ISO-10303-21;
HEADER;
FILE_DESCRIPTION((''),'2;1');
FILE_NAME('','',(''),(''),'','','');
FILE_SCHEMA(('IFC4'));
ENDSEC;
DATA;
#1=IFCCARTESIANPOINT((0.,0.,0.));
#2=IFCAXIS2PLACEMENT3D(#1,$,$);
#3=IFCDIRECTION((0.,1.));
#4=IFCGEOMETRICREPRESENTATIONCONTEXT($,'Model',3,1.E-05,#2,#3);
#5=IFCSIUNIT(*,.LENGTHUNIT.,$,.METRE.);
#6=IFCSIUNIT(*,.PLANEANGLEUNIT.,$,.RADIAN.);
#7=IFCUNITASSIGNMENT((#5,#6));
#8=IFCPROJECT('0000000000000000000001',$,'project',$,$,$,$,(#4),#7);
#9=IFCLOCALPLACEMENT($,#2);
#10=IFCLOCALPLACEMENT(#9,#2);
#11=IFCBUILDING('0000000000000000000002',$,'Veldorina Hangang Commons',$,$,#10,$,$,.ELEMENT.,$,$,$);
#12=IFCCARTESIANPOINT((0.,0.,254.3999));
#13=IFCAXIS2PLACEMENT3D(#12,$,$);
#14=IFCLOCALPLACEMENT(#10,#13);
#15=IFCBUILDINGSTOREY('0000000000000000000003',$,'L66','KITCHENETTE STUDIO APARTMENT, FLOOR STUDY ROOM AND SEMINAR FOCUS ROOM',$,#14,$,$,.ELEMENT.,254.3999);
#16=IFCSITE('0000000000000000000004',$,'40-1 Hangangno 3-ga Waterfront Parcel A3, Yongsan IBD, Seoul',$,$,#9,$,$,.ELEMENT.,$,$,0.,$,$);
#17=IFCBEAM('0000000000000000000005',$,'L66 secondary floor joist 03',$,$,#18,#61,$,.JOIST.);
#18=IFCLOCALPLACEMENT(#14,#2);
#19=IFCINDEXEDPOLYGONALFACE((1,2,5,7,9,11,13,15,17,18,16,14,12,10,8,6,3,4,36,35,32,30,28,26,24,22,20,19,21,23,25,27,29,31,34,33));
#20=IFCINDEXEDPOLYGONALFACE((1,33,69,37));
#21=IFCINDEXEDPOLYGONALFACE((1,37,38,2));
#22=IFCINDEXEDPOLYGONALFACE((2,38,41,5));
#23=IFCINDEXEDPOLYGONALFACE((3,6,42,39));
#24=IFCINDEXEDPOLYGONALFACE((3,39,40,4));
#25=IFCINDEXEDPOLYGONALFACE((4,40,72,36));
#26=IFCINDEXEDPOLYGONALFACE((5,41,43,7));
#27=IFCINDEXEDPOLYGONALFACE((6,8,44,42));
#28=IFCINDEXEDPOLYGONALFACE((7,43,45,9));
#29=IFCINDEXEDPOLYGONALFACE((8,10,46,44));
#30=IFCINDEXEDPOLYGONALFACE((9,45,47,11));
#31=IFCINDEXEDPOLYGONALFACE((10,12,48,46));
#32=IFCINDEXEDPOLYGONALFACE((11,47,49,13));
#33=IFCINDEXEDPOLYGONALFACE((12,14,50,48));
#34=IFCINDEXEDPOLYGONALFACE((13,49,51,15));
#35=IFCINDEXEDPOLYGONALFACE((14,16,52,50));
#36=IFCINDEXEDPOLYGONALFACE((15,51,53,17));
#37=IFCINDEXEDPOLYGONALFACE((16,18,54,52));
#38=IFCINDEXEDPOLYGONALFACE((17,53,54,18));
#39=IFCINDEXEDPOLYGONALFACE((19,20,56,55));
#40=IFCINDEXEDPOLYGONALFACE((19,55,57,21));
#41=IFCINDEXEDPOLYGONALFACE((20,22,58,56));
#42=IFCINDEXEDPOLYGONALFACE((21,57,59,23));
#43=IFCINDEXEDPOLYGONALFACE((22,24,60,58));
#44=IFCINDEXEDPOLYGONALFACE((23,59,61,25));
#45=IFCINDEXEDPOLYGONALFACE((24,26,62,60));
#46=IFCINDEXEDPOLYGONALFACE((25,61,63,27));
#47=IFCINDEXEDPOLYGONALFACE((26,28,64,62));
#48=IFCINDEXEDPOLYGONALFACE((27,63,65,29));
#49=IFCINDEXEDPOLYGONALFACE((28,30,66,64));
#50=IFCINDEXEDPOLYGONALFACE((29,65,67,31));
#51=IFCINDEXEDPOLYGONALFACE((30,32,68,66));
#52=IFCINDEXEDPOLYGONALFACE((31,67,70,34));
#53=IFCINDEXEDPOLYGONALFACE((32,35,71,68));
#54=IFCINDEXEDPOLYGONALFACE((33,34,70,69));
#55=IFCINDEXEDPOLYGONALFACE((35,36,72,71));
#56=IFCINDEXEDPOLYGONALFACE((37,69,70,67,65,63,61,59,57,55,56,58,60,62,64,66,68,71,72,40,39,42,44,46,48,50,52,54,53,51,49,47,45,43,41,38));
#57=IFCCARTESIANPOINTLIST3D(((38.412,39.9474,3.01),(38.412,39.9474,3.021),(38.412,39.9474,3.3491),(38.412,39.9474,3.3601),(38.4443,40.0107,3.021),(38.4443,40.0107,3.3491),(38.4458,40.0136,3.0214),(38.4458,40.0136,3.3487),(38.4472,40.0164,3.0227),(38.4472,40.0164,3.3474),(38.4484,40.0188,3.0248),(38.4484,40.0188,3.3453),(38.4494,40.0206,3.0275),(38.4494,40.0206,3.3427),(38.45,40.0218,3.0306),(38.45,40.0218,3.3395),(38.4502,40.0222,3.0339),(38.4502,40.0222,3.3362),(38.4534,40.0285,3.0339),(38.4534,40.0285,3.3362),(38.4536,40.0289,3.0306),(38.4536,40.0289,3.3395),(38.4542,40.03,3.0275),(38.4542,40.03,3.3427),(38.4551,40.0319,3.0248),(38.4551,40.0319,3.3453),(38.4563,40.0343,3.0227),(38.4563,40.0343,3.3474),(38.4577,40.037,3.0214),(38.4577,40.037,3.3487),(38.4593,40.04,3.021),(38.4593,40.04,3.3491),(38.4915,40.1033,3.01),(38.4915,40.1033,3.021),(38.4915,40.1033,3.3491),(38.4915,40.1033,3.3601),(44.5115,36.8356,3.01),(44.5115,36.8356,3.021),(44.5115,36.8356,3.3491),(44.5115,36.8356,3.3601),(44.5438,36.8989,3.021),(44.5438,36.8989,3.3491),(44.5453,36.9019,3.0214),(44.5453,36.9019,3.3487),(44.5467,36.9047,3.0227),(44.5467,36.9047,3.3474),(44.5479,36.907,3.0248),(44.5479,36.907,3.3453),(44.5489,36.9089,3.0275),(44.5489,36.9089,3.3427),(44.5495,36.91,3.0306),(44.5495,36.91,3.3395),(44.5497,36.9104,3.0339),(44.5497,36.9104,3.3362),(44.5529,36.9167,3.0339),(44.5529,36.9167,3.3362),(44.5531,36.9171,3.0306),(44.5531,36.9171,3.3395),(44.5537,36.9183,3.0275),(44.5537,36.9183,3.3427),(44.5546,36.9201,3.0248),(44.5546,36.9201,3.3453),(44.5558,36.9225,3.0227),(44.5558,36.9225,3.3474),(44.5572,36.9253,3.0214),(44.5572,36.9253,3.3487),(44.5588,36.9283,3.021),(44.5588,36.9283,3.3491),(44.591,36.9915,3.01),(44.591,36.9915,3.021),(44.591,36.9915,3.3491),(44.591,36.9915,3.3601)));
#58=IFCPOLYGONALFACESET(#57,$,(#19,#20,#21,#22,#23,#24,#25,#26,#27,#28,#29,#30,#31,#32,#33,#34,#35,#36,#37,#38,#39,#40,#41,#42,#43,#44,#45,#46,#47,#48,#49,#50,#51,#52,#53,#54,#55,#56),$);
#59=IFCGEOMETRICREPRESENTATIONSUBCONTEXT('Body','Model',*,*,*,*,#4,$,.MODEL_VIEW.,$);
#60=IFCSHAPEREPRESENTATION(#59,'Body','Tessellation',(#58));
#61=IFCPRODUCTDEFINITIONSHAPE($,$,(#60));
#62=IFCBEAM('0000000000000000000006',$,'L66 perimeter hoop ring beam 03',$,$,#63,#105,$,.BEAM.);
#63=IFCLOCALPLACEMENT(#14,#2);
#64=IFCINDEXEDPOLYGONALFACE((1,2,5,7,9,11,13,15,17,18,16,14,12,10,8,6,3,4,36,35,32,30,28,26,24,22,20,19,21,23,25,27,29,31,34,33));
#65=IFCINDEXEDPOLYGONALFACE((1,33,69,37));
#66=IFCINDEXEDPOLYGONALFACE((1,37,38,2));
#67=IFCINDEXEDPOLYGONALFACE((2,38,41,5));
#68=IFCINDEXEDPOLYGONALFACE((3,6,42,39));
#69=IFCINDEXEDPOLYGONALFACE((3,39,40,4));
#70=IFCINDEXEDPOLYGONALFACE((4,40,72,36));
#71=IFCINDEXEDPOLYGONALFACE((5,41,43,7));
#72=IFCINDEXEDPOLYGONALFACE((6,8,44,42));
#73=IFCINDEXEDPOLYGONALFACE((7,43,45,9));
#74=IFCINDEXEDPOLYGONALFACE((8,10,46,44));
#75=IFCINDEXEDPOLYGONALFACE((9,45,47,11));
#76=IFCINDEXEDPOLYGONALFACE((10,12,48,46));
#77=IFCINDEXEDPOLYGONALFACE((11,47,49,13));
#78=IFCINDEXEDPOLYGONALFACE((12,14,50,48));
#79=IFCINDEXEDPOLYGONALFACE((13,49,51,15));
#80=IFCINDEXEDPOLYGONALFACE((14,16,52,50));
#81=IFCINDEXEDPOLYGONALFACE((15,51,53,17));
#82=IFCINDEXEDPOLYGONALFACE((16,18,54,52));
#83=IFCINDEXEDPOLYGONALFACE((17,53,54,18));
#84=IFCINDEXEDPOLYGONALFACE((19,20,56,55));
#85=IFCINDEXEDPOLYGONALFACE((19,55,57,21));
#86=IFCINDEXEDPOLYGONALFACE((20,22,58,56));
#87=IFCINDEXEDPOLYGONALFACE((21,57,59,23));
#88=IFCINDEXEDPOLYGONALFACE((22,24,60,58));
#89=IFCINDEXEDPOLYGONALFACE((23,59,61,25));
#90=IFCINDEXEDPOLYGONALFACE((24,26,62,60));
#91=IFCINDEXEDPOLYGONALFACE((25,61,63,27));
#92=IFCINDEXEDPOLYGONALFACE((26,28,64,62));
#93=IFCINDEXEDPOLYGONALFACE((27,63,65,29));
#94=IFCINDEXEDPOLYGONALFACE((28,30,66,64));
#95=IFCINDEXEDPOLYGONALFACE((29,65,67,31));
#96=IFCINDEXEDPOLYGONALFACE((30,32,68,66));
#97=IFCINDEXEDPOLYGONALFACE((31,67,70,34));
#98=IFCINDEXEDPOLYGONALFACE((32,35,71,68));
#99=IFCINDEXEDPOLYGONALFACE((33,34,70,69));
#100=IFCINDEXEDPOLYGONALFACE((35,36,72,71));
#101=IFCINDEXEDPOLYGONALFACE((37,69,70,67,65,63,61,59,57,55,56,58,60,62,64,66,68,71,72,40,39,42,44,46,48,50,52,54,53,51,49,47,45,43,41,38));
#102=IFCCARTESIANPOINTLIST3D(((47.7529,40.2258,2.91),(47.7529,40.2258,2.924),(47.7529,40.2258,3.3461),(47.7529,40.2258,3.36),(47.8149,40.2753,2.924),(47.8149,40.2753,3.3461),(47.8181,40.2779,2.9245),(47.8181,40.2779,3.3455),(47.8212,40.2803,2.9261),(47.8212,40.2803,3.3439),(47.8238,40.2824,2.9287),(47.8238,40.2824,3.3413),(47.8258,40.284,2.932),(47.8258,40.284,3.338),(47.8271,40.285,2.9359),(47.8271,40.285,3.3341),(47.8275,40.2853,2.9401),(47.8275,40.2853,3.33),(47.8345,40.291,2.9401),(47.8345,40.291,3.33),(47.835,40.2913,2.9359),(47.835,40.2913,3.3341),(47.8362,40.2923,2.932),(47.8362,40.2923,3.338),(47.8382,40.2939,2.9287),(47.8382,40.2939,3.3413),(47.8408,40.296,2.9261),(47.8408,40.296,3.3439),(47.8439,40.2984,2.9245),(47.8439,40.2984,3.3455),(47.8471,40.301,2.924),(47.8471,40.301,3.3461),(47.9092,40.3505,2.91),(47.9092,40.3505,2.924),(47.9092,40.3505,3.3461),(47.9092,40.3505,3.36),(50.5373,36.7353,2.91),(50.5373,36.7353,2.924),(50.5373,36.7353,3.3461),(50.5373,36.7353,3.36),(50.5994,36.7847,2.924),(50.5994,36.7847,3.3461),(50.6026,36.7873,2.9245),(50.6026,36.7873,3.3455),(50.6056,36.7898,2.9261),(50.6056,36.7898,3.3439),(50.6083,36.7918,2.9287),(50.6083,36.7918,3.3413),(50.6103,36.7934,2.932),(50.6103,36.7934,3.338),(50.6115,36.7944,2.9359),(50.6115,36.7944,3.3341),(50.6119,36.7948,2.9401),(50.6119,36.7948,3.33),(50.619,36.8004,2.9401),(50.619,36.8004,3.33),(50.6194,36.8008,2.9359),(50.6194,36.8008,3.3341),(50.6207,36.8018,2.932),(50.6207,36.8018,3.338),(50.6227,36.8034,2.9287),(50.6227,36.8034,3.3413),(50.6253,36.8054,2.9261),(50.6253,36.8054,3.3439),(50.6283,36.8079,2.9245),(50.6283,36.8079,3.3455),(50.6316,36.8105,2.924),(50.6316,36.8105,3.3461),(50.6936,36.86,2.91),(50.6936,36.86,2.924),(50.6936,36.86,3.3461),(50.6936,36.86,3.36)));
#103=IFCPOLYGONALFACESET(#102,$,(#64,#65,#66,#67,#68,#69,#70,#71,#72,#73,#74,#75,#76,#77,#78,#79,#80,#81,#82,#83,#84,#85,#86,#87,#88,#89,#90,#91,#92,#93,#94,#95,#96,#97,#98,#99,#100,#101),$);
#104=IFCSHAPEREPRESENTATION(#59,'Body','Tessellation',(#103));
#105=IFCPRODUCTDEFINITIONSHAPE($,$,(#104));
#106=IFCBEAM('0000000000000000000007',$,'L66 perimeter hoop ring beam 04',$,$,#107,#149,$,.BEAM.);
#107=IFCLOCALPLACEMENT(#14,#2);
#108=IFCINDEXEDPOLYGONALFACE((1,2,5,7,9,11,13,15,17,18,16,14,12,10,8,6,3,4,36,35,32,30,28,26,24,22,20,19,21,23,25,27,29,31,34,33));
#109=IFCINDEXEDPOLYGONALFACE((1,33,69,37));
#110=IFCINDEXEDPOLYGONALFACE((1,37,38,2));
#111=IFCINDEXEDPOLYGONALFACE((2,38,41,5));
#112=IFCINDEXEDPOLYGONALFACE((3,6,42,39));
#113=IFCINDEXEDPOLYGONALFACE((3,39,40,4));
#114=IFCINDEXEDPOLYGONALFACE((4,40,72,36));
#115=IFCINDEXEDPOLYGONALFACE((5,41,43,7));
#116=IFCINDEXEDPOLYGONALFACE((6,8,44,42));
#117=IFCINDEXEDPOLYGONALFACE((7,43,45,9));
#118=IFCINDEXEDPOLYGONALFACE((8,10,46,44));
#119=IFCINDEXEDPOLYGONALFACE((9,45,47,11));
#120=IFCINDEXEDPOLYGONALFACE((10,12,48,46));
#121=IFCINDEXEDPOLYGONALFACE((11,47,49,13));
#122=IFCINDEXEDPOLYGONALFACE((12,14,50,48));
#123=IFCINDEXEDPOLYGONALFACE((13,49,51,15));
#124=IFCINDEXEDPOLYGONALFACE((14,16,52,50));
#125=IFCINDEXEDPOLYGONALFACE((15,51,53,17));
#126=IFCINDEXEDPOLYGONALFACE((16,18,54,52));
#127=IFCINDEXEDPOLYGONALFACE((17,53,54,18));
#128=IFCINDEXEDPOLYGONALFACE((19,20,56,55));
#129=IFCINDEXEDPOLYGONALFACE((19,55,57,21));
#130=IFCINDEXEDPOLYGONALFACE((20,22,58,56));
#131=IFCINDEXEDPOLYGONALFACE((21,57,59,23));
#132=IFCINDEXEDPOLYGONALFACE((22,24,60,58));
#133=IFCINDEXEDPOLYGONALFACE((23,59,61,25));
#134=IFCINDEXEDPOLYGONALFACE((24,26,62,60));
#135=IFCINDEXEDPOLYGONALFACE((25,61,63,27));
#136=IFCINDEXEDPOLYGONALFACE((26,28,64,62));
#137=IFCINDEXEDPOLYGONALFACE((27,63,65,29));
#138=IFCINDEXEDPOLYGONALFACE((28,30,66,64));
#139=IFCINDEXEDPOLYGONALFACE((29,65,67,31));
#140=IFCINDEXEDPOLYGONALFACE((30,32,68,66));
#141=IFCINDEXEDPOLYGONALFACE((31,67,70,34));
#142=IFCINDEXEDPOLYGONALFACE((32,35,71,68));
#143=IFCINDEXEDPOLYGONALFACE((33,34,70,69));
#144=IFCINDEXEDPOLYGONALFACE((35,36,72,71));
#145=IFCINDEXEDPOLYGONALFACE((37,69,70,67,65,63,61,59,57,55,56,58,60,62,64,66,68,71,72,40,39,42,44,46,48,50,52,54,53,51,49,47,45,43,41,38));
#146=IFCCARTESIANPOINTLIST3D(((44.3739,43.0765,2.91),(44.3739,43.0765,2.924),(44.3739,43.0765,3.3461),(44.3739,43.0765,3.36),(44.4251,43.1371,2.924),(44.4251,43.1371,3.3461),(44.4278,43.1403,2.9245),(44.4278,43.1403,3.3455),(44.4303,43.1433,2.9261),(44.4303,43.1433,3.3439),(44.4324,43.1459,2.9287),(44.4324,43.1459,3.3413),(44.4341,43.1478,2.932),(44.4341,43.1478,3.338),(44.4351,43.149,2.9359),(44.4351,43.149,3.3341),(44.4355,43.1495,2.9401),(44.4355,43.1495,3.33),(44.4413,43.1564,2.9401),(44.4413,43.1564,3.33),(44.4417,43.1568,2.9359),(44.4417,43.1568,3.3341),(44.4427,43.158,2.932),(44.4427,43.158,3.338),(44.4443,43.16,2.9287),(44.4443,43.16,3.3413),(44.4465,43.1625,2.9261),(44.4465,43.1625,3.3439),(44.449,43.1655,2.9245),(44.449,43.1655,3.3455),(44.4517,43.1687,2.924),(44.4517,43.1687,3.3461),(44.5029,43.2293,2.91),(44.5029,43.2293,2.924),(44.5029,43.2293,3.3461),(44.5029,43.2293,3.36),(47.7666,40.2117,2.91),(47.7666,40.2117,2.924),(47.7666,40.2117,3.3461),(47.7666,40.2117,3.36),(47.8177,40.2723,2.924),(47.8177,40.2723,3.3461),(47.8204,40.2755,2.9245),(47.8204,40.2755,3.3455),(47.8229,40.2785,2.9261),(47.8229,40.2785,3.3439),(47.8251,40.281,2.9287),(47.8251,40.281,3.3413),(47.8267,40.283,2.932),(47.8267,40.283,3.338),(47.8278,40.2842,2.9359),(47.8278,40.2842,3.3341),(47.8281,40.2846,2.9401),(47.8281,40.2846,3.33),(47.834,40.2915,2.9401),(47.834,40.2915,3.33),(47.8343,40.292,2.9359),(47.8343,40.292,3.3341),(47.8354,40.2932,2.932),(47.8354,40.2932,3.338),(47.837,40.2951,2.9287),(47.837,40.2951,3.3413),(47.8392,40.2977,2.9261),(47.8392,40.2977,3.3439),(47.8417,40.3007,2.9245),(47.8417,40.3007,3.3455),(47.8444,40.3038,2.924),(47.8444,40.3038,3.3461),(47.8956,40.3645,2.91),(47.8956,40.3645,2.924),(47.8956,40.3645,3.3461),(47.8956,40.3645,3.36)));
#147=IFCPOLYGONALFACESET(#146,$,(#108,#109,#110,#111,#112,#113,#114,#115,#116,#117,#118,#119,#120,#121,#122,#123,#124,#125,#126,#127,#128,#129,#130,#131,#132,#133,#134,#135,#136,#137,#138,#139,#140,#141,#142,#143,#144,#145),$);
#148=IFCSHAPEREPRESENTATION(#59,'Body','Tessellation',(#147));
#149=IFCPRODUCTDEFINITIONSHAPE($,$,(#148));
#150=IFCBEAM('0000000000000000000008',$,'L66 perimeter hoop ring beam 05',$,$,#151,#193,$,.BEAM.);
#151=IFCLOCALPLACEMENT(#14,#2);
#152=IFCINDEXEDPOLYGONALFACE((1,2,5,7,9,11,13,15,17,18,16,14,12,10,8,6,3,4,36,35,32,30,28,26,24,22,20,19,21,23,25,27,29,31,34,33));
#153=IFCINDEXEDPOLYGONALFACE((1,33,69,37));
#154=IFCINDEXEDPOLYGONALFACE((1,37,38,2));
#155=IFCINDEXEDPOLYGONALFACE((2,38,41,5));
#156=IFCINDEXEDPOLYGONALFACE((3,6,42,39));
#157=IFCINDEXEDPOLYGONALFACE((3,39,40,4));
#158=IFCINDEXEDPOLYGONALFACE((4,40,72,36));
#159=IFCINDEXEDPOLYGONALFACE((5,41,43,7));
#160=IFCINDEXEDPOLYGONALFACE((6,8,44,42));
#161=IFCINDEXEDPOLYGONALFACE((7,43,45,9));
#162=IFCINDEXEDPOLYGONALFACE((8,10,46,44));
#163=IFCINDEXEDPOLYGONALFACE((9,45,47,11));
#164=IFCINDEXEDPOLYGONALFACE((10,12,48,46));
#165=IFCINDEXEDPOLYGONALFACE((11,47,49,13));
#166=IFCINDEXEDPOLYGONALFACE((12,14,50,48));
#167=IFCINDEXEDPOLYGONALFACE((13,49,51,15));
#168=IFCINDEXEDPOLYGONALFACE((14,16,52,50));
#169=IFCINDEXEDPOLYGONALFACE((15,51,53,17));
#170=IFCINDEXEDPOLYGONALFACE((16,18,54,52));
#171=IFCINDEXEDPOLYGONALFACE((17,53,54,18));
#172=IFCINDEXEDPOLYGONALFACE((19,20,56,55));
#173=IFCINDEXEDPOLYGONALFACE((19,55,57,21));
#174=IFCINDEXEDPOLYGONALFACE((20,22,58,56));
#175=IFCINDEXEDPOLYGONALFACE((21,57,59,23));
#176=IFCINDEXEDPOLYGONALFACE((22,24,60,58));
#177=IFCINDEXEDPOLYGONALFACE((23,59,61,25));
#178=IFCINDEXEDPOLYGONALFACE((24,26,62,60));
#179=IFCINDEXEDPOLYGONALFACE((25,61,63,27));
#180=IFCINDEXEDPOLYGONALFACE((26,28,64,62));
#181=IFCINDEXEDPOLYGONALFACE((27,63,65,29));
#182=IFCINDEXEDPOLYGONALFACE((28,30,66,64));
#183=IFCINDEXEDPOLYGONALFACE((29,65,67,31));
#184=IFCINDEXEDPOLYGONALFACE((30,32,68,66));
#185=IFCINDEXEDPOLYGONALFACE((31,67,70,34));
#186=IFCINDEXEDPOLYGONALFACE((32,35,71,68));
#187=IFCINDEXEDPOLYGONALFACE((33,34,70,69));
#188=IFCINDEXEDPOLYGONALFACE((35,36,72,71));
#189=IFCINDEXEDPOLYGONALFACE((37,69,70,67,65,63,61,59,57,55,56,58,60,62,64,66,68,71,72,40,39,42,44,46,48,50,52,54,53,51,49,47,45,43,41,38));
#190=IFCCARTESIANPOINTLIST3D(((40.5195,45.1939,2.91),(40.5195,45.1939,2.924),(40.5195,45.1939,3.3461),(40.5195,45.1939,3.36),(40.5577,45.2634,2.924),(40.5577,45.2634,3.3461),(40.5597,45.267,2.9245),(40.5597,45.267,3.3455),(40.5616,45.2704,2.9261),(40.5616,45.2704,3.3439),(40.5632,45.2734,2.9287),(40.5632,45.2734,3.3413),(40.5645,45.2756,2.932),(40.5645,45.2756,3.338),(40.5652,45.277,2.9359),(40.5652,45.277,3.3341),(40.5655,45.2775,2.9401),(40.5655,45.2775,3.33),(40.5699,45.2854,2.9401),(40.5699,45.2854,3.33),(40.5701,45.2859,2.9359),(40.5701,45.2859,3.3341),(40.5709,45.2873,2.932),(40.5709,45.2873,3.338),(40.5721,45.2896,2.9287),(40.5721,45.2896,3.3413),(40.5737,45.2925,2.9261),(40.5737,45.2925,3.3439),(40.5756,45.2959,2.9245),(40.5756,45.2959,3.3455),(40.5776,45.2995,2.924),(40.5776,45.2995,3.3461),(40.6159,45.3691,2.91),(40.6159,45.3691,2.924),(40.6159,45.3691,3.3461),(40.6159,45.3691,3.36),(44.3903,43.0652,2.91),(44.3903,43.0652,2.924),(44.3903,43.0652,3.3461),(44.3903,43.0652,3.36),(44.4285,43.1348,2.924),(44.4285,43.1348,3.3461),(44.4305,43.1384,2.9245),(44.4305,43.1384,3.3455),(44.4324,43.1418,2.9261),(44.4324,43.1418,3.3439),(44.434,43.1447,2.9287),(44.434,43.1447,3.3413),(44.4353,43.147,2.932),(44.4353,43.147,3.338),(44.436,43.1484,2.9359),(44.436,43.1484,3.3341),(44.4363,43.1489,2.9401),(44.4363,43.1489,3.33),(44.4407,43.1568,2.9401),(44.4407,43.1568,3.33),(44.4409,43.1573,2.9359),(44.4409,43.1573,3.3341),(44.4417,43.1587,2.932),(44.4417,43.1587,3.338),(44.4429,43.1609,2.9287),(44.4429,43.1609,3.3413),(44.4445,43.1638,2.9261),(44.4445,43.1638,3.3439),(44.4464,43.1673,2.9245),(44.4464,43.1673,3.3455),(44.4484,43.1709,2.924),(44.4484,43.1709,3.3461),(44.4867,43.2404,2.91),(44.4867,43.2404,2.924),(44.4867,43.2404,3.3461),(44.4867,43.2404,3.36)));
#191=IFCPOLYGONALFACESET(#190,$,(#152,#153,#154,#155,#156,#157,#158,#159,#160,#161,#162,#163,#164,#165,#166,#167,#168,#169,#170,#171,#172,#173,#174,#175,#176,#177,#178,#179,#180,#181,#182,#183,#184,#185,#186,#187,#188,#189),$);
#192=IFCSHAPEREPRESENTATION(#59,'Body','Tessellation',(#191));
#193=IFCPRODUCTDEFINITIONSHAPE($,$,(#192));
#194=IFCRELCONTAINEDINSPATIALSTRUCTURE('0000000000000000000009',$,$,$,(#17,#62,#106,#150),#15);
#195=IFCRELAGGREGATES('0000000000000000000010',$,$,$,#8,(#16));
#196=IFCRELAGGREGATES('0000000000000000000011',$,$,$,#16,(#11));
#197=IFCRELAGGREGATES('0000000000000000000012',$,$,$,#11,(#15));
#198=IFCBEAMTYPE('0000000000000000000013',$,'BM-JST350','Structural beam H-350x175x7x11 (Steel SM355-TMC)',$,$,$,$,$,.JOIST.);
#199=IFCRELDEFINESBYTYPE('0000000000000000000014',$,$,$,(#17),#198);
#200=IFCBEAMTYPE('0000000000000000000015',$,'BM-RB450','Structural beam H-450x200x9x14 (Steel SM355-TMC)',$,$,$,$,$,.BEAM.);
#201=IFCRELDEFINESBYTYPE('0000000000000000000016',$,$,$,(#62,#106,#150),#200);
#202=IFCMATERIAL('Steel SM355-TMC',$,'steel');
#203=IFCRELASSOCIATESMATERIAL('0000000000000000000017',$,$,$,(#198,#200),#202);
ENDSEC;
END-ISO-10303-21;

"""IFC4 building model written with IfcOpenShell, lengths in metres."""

from ifc_helpers import new_model, si_unit, direction, frame, origin, origin_2d, place, context, subcontext, project, spatial, i_section, extrude, material, material_profile, profile_set, type_object, element, save


model = new_model("IFC4")

# Units and contexts
model_context = context("Model", 3, precision=1e-05, world=origin(), true_north=direction((0.0, 1.0)))
body_context = subcontext(model_context, "Body", "Model", "MODEL_VIEW")
ifc_project = project(units=[si_unit("LENGTHUNIT", "METRE"), si_unit("PLANEANGLEUNIT", "RADIAN")], contexts=[model_context])

# Site, building, storey
site_placement = place(None, origin())
site = spatial("IfcSite", under=ifc_project, at=site_placement, Name="40-1 Hangangno 3-ga Waterfront Parcel A3, Yongsan IBD, Seoul", CompositionType="ELEMENT", RefElevation=0.0)
building_placement = place(site_placement, origin())
building = spatial("IfcBuilding", under=site, at=building_placement, Name="Veldorina Hangang Commons", CompositionType="ELEMENT")
storey_placement = place(building_placement, frame((0.0, 0.0, 254.3999)))
storey = spatial("IfcBuildingStorey", under=building, at=storey_placement, Name="L66", Description="KITCHENETTE STUDIO APARTMENT, FLOOR STUDY ROOM AND SEMINAR FOCUS ROOM", CompositionType="ELEMENT", Elevation=254.3999)

# Beams
ifc_material_1 = material(Name="Steel SM355-TMC", Category="steel")
ifc_material_profile_1 = material_profile(ifc_material_1, i_section(OverallWidth=0.175, OverallDepth=0.3501, WebThickness=0.0071, FlangeThickness=0.011, FilletRadius=0.0129, at=origin_2d()), Name="H-350x175x7x11")
ifc_profile_set_1 = profile_set([ifc_material_profile_1], Name="Steel SM355-TMC")
beam_type_1 = type_object("IfcBeamType", Name="BM-JST350", Description="Structural beam H-350x175x7x11 (Steel SM355-TMC)", PredefinedType="JOIST", material=ifc_profile_set_1)
beam_1_placement = place(storey_placement, frame((44.5513, 36.9136, 3.1851), z_axis=(-0.890775, 0.454444, 0.0), x_axis=(-0.454444, -0.890775, 0.0)))
element("IfcBeam", 1, at=beam_1_placement, inside=storey, type_object=beam_type_1, Name="L66 secondary floor joist 03", PredefinedType="JOIST", context=body_context, shape_type="SweptSolid", body=[
    extrude(i_section(OverallWidth=0.175, OverallDepth=0.3501, WebThickness=0.0071, FlangeThickness=0.011, FilletRadius=0.0129, at=origin_2d()), origin(), (0.0, 0.0, 1.0), 6.8474),
])
ifc_material_profile_2 = material_profile(ifc_material_1, i_section(OverallWidth=0.2, OverallDepth=0.45, WebThickness=0.009, FlangeThickness=0.0139, FilletRadius=0.0161, at=origin_2d()), Name="H-450x200x9x14")
ifc_profile_set_2 = profile_set([ifc_material_profile_2], Name="Steel SM355-TMC")
beam_type_2 = type_object("IfcBeamType", Name="BM-RB450", Description="Structural beam H-450x200x9x14 (Steel SM355-TMC)", PredefinedType="BEAM", material=ifc_profile_set_2)
beam_2_placement = place(storey_placement, frame((50.6155, 36.7976, 3.135), z_axis=(-0.623608, 0.781738, 0.0), x_axis=(-0.781738, -0.623608, 0.0)))
element("IfcBeam", 2, at=beam_2_placement, inside=storey, type_object=beam_type_2, Name="L66 perimeter hoop ring beam 03", PredefinedType="BEAM", context=body_context, shape_type="SweptSolid", body=[
    extrude(i_section(OverallWidth=0.2, OverallDepth=0.45, WebThickness=0.009, FlangeThickness=0.0139, FilletRadius=0.0161, at=origin_2d()), origin(), (0.0, 0.0, 1.0), 4.4651),
])
beam_3_placement = place(storey_placement, frame((47.8311, 40.2881, 3.135), z_axis=(-0.764041, 0.645168, 0.0), x_axis=(-0.645168, -0.764041, 0.0)))
element("IfcBeam", 3, at=beam_3_placement, inside=storey, type_object=beam_type_2, Name="L66 perimeter hoop ring beam 04", PredefinedType="BEAM", context=body_context, shape_type="SweptSolid", body=[
    extrude(i_section(OverallWidth=0.2, OverallDepth=0.45, WebThickness=0.009, FlangeThickness=0.0139, FilletRadius=0.0161, at=origin_2d()), origin(), (0.0, 0.0, 1.0), 4.4404),
])
beam_4_placement = place(storey_placement, frame((44.4385, 43.1528, 3.135), z_axis=(-0.876245, 0.481866, 0.0), x_axis=(-0.481866, -0.876245, 0.0)))
element("IfcBeam", 4, at=beam_4_placement, inside=storey, type_object=beam_type_2, Name="L66 perimeter hoop ring beam 05", PredefinedType="BEAM", context=body_context, shape_type="SweptSolid", body=[
    extrude(i_section(OverallWidth=0.2, OverallDepth=0.45, WebThickness=0.009, FlangeThickness=0.0139, FilletRadius=0.0161, at=origin_2d()), origin(), (0.0, 0.0, 1.0), 4.4175),
])

save(model, "model.ifc")
